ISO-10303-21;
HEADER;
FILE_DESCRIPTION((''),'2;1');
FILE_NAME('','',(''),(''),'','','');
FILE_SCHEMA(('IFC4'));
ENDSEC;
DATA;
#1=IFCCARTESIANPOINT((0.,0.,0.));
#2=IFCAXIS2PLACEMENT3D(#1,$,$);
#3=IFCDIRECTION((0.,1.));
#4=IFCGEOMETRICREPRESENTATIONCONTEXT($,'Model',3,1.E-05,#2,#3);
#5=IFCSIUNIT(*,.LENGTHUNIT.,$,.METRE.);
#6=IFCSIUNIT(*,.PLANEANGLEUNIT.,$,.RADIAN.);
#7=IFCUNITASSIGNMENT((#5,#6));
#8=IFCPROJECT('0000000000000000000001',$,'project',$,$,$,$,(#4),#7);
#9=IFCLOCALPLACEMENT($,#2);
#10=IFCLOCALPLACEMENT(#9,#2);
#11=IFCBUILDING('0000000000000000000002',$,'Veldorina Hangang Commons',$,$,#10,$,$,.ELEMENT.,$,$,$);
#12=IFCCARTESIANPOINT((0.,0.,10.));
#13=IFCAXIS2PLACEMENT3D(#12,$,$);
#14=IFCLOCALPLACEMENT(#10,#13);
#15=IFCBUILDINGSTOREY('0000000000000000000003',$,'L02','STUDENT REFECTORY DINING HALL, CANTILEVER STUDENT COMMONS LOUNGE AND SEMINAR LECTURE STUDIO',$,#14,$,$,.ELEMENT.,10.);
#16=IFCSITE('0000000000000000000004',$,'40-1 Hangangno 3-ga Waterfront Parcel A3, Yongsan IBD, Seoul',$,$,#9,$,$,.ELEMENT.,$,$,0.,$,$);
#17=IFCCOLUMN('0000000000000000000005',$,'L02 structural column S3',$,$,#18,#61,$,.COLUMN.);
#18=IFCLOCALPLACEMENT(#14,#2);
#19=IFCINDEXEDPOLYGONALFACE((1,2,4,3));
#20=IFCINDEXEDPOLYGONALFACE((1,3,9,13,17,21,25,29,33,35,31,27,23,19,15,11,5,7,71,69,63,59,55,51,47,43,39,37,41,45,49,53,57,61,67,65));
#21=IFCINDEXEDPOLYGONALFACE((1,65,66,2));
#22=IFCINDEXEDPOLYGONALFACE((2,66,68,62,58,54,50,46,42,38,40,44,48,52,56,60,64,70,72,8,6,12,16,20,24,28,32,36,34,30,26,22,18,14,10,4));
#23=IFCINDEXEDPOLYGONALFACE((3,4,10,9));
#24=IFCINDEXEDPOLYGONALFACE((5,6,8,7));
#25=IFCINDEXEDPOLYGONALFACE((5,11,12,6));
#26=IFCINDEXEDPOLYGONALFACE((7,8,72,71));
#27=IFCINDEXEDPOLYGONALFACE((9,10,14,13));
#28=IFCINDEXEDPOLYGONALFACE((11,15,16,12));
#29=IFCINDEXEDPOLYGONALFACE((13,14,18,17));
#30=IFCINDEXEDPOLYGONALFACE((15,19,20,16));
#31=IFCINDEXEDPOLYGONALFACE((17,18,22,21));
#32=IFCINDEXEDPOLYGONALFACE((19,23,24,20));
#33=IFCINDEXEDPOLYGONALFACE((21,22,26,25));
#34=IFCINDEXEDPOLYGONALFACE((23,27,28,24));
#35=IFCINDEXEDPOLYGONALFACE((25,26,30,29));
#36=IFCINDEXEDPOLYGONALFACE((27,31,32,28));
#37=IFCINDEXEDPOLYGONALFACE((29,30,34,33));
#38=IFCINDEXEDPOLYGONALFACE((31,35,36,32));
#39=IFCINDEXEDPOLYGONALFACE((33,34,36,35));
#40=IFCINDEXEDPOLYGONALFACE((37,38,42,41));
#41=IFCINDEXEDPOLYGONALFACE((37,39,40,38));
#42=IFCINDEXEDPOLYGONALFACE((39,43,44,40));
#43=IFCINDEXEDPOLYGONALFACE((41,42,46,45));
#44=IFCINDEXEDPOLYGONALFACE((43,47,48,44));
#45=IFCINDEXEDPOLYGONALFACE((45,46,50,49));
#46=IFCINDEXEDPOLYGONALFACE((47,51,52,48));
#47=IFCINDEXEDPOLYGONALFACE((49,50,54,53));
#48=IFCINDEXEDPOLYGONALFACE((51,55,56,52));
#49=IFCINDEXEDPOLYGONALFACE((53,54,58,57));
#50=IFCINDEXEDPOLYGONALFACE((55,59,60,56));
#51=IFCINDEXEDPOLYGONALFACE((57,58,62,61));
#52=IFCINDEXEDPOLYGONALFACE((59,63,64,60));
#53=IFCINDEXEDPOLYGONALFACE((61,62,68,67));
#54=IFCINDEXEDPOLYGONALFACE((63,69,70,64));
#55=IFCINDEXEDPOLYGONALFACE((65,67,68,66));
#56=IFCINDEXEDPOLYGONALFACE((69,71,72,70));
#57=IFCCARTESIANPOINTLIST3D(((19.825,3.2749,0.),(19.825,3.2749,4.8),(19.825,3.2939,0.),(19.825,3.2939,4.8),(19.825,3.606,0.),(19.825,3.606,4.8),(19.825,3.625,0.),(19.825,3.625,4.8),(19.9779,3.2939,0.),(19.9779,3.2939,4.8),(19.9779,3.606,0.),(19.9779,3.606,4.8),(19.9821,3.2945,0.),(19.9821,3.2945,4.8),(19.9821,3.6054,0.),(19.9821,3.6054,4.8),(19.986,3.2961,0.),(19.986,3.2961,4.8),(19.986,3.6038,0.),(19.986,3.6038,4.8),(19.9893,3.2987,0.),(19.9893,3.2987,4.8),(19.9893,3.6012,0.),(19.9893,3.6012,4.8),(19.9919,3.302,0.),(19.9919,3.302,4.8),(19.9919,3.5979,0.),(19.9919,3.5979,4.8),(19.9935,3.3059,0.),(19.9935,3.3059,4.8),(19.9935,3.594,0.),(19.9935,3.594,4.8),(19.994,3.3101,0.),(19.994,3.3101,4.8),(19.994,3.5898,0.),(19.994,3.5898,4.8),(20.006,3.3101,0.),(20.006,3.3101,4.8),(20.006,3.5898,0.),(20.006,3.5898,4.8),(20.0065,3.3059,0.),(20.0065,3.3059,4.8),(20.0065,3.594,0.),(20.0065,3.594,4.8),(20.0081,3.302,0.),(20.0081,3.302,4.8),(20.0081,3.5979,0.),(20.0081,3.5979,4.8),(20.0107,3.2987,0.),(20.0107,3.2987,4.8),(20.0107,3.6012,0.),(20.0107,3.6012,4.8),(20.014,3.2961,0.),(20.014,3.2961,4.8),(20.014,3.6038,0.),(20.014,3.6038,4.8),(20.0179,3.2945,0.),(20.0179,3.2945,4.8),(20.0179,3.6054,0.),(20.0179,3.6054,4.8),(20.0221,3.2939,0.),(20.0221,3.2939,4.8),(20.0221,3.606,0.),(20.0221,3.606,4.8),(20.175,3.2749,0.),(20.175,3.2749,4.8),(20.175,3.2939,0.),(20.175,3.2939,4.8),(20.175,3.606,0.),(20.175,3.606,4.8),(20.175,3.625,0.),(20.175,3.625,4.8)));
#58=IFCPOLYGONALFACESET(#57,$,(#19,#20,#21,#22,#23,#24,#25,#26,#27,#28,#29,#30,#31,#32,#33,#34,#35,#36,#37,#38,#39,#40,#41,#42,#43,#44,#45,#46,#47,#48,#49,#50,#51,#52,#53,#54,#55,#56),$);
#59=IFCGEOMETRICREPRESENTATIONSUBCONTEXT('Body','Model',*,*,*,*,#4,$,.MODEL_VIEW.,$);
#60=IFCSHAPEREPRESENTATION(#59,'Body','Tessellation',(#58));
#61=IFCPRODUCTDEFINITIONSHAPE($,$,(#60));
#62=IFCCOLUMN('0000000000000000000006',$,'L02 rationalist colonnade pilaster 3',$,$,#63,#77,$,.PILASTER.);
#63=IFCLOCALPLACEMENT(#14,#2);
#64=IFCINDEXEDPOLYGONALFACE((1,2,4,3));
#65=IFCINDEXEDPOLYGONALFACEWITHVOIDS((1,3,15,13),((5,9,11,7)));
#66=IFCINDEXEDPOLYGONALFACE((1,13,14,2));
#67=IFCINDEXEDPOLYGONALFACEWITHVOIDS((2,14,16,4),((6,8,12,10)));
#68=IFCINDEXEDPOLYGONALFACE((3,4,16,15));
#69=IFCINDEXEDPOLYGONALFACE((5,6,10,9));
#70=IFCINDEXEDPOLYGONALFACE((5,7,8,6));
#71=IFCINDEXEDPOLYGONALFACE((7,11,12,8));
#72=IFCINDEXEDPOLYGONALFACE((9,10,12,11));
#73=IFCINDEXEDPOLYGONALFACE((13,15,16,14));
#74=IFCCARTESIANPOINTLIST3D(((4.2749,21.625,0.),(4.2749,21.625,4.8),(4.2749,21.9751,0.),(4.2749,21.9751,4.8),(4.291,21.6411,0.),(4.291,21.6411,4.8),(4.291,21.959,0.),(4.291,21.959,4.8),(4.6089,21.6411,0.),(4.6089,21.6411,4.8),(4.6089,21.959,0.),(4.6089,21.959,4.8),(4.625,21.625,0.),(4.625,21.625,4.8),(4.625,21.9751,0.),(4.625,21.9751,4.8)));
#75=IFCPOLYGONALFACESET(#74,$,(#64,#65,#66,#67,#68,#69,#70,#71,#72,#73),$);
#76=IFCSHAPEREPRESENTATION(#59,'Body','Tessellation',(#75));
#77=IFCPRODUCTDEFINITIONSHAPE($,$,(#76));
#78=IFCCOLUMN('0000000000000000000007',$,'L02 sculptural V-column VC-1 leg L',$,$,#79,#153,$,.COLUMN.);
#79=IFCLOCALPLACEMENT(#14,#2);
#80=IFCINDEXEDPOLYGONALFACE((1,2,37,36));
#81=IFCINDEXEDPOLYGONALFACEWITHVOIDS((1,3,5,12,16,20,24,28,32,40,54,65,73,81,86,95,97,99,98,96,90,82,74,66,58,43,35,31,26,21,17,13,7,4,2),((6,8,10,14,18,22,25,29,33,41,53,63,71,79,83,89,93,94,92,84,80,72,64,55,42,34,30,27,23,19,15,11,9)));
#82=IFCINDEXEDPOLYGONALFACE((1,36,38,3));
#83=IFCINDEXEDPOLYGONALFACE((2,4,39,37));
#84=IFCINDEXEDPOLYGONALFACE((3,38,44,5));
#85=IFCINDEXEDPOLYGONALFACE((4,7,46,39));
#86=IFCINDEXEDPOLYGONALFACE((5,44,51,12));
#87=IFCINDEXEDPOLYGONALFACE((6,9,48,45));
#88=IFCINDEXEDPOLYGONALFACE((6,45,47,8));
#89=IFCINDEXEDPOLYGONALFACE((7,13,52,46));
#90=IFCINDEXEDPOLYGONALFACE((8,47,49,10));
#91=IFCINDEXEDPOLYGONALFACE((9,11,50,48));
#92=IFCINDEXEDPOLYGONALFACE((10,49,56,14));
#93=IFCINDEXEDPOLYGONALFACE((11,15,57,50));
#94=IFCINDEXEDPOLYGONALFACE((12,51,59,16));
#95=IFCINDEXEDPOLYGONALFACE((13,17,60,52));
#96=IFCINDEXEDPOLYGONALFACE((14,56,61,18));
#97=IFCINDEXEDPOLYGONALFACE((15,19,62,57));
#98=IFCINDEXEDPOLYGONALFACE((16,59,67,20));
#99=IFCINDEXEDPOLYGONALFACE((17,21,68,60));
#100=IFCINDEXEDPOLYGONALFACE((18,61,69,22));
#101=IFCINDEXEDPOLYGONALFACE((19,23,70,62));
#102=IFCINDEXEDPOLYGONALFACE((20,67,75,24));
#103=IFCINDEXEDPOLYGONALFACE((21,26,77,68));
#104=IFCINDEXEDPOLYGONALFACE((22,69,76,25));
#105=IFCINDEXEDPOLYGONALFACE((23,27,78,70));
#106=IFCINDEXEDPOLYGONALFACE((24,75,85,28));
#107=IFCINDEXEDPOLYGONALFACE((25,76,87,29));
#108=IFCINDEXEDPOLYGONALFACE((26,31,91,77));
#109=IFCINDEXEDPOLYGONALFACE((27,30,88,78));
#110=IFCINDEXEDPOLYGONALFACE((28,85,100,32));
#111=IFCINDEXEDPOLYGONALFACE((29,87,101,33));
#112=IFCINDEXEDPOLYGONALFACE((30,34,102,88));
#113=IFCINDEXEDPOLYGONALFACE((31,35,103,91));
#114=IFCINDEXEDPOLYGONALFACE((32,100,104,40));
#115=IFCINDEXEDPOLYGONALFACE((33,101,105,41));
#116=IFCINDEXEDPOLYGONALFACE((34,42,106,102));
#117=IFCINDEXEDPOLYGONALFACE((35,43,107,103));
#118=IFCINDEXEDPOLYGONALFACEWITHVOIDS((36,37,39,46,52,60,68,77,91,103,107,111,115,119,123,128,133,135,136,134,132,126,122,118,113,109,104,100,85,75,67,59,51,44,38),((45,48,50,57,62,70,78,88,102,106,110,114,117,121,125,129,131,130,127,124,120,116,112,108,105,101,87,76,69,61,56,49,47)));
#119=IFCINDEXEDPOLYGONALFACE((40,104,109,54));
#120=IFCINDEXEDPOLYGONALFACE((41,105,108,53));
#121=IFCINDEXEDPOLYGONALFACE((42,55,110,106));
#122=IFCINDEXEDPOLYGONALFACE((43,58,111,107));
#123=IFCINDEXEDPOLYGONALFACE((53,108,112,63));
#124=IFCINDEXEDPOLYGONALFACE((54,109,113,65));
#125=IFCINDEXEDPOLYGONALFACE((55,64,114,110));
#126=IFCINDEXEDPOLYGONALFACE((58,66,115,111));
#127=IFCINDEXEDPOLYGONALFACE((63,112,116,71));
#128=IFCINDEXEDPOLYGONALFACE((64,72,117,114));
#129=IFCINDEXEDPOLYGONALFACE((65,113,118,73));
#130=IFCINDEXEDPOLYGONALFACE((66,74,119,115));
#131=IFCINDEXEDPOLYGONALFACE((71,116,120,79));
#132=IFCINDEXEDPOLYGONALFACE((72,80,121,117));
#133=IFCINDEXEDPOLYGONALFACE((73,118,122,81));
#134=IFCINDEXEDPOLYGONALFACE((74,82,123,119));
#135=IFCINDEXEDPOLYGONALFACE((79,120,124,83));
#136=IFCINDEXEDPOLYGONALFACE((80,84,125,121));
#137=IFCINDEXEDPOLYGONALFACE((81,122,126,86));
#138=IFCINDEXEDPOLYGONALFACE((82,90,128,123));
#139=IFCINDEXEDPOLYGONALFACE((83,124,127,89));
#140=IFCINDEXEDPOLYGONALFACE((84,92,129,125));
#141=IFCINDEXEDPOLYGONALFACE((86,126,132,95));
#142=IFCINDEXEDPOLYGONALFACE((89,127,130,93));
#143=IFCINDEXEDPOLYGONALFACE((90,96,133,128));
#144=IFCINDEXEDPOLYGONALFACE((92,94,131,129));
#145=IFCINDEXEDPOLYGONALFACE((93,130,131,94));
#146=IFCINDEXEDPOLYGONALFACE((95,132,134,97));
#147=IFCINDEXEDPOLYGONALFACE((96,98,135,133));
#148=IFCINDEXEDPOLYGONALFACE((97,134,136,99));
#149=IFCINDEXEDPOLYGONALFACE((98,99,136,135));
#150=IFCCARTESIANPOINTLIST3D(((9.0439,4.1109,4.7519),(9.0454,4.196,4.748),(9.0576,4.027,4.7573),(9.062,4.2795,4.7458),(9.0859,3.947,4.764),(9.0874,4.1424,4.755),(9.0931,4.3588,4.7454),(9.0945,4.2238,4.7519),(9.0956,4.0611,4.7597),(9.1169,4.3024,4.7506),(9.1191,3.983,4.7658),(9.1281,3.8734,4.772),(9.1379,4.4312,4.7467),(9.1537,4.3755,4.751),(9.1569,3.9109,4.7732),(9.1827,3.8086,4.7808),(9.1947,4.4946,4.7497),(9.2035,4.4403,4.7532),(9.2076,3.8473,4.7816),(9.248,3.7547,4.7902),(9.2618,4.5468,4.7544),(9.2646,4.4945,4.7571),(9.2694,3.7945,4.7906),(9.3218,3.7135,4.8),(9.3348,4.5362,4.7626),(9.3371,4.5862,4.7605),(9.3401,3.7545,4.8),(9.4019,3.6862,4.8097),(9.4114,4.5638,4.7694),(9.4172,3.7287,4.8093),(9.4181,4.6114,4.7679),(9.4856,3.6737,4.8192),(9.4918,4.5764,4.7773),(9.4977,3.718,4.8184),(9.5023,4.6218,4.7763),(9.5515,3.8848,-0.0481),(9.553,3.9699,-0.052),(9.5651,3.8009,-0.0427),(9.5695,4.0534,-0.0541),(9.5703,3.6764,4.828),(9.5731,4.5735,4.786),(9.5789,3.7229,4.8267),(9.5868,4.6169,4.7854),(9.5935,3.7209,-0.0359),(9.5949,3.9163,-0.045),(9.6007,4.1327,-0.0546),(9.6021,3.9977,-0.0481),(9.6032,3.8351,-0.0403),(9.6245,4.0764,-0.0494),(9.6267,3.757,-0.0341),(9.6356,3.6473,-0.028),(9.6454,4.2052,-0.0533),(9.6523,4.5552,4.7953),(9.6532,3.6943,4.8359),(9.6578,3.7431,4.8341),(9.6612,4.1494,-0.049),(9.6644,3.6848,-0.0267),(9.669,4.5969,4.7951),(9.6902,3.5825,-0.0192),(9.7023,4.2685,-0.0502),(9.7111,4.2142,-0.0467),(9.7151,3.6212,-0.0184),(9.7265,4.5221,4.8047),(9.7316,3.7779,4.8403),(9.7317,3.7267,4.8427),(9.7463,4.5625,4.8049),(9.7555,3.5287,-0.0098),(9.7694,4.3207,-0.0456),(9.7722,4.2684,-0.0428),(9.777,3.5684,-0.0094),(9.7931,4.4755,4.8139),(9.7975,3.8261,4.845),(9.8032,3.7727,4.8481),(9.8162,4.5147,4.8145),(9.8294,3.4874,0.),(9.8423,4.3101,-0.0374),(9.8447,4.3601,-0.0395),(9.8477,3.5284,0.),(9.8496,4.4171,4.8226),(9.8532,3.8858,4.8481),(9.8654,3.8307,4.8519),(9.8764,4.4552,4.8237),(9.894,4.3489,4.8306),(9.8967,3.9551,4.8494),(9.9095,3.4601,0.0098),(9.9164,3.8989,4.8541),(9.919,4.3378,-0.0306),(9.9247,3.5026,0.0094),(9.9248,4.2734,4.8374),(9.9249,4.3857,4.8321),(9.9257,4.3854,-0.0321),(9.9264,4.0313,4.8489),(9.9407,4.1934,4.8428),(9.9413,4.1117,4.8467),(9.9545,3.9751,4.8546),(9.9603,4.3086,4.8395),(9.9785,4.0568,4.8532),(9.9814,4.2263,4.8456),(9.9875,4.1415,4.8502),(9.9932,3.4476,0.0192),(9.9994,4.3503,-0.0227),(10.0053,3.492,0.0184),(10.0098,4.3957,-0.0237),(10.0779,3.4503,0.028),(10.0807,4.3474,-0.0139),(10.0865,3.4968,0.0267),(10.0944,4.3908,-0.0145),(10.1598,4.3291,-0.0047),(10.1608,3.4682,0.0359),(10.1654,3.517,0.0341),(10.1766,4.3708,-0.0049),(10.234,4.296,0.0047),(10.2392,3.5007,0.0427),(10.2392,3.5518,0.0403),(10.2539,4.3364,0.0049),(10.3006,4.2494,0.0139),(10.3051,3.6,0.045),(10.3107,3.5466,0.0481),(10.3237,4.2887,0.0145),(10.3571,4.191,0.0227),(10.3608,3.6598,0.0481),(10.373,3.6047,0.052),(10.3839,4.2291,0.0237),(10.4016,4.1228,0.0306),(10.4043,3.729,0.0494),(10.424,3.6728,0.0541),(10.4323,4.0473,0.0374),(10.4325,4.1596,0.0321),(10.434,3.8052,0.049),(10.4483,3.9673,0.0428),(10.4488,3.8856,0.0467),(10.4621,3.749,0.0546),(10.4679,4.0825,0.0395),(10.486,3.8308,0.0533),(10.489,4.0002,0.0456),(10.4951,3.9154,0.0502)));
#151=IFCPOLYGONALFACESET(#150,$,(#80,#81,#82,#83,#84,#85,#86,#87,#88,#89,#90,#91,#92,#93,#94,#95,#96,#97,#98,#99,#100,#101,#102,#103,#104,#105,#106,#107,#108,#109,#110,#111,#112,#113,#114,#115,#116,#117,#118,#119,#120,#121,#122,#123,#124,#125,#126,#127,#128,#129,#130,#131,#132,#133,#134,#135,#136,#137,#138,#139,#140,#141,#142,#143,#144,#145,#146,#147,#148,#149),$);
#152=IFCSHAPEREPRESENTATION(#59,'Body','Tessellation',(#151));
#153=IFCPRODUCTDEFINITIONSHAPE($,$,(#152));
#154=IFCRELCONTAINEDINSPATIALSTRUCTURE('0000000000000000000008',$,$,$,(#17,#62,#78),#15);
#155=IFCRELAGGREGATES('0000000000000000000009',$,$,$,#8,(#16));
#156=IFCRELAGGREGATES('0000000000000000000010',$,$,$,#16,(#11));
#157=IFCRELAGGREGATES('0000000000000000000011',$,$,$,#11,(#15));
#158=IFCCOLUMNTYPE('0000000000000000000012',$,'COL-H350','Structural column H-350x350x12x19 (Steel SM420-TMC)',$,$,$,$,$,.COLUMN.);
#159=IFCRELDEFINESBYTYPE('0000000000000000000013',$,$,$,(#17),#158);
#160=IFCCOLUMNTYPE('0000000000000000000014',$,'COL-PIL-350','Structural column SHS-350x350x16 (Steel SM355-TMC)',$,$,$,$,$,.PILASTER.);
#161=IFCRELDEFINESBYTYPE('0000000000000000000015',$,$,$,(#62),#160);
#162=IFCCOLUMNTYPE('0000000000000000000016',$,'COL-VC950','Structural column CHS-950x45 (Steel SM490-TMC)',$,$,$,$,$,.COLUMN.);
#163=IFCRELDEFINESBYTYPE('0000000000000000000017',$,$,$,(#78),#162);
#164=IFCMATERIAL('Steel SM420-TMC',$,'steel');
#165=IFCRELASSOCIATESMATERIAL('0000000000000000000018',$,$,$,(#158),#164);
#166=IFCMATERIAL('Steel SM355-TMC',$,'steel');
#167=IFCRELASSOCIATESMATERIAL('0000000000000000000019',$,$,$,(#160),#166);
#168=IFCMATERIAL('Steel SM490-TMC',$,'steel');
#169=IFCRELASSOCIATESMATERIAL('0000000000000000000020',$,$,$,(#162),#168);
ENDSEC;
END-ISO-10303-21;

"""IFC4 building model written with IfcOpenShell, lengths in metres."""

from ifc_helpers import new_model, si_unit, direction, frame, origin, origin_2d, place, context, subcontext, project, spatial, hollow_rectangle, hollow_circle, i_section, extrude, material, material_profile, profile_set, type_object, element, save


model = new_model("IFC4")

# Units and contexts
model_context = context("Model", 3, precision=1e-05, world=origin(), true_north=direction((0.0, 1.0)))
body_context = subcontext(model_context, "Body", "Model", "MODEL_VIEW")
ifc_project = project(units=[si_unit("LENGTHUNIT", "METRE"), si_unit("PLANEANGLEUNIT", "RADIAN")], contexts=[model_context])

# Site, building, storey
site_placement = place(None, origin())
site = spatial("IfcSite", under=ifc_project, at=site_placement, Name="40-1 Hangangno 3-ga Waterfront Parcel A3, Yongsan IBD, Seoul", CompositionType="ELEMENT", RefElevation=0.0)
building_placement = place(site_placement, origin())
building = spatial("IfcBuilding", under=site, at=building_placement, Name="Veldorina Hangang Commons", CompositionType="ELEMENT")
storey_placement = place(building_placement, frame((0.0, 0.0, 10.0)))
storey = spatial("IfcBuildingStorey", under=building, at=storey_placement, Name="L02", Description="STUDENT REFECTORY DINING HALL, CANTILEVER STUDENT COMMONS LOUNGE AND SEMINAR LECTURE STUDIO", CompositionType="ELEMENT", Elevation=10.0)

# Columns
ifc_material_1 = material(Name="Steel SM420-TMC", Category="steel")
ifc_material_profile_1 = material_profile(ifc_material_1, i_section(OverallWidth=0.3501, OverallDepth=0.3501, WebThickness=0.012, FlangeThickness=0.019, FilletRadius=0.0161, at=origin_2d()), Name="H-350x350x12x19")
ifc_profile_set_1 = profile_set([ifc_material_profile_1], Name="Steel SM420-TMC")
column_type_1 = type_object("IfcColumnType", Name="COL-H350", Description="Structural column H-350x350x12x19 (Steel SM420-TMC)", PredefinedType="COLUMN", material=ifc_profile_set_1)
column_1_placement = place(storey_placement, frame((20.0, 3.45, 0.0), z_axis=(0.0, 0.0, 1.0), x_axis=(1.0, 0.0, 0.0)))
element("IfcColumn", 1, at=column_1_placement, inside=storey, type_object=column_type_1, Name="L02 structural column S3", PredefinedType="COLUMN", context=body_context, shape_type="SweptSolid", body=[
    extrude(i_section(OverallWidth=0.3501, OverallDepth=0.3501, WebThickness=0.012, FlangeThickness=0.019, FilletRadius=0.0161, at=origin_2d()), origin(), (0.0, 0.0, 1.0), 4.8),
])
ifc_material_2 = material(Name="Steel SM355-TMC", Category="steel")
ifc_material_profile_2 = material_profile(ifc_material_2, hollow_rectangle(XDim=0.3501, YDim=0.3501, WallThickness=0.0161, at=origin_2d()), Name="SHS-350x350x16")
ifc_profile_set_2 = profile_set([ifc_material_profile_2], Name="Steel SM355-TMC")
column_type_2 = type_object("IfcColumnType", Name="COL-PIL-350", Description="Structural column SHS-350x350x16 (Steel SM355-TMC)", PredefinedType="PILASTER", material=ifc_profile_set_2)
column_2_placement = place(storey_placement, frame((4.45, 21.8, 0.0), z_axis=(0.0, 0.0, 1.0), x_axis=(1.0, 0.0, 0.0)))
element("IfcColumn", 2, at=column_2_placement, inside=storey, type_object=column_type_2, Name="L02 rationalist colonnade pilaster 3", PredefinedType="PILASTER", context=body_context, shape_type="SweptSolid", body=[
    extrude(hollow_rectangle(XDim=0.3501, YDim=0.3501, WallThickness=0.0161, at=origin_2d()), origin(), (0.0, 0.0, 1.0), 4.8),
])
ifc_material_3 = material(Name="Steel SM490-TMC", Category="steel")
ifc_material_profile_3 = material_profile(ifc_material_3, hollow_circle(Radius=0.4751, WallThickness=0.0449, at=origin_2d()), Name="CHS-950x45")
ifc_profile_set_3 = profile_set([ifc_material_profile_3], Name="Steel SM490-TMC")
column_type_3 = type_object("IfcColumnType", Name="COL-VC950", Description="Structural column CHS-950x45 (Steel SM490-TMC)", PredefinedType="COLUMN", material=ifc_profile_set_3)
for number, where, z_axis, x_axis, name in (
    (3, (10.0227, 3.9214, 0.0), (-0.105041, 0.046786, 0.993367), (-0.406872, -0.913485, 0.0), "L02 sculptural V-column VC-1 leg L"),
):
    element("IfcColumn", number, at=place(storey_placement, frame(where, z_axis=z_axis, x_axis=x_axis)), inside=storey, type_object=column_type_3, Name=name, PredefinedType="COLUMN", context=body_context, shape_type="SweptSolid", body=[
        extrude(hollow_circle(Radius=0.4751, WallThickness=0.0449, at=origin_2d()), origin(), (0.0, 0.0, 1.0), 4.832),
    ])

save(model, "model.ifc")
